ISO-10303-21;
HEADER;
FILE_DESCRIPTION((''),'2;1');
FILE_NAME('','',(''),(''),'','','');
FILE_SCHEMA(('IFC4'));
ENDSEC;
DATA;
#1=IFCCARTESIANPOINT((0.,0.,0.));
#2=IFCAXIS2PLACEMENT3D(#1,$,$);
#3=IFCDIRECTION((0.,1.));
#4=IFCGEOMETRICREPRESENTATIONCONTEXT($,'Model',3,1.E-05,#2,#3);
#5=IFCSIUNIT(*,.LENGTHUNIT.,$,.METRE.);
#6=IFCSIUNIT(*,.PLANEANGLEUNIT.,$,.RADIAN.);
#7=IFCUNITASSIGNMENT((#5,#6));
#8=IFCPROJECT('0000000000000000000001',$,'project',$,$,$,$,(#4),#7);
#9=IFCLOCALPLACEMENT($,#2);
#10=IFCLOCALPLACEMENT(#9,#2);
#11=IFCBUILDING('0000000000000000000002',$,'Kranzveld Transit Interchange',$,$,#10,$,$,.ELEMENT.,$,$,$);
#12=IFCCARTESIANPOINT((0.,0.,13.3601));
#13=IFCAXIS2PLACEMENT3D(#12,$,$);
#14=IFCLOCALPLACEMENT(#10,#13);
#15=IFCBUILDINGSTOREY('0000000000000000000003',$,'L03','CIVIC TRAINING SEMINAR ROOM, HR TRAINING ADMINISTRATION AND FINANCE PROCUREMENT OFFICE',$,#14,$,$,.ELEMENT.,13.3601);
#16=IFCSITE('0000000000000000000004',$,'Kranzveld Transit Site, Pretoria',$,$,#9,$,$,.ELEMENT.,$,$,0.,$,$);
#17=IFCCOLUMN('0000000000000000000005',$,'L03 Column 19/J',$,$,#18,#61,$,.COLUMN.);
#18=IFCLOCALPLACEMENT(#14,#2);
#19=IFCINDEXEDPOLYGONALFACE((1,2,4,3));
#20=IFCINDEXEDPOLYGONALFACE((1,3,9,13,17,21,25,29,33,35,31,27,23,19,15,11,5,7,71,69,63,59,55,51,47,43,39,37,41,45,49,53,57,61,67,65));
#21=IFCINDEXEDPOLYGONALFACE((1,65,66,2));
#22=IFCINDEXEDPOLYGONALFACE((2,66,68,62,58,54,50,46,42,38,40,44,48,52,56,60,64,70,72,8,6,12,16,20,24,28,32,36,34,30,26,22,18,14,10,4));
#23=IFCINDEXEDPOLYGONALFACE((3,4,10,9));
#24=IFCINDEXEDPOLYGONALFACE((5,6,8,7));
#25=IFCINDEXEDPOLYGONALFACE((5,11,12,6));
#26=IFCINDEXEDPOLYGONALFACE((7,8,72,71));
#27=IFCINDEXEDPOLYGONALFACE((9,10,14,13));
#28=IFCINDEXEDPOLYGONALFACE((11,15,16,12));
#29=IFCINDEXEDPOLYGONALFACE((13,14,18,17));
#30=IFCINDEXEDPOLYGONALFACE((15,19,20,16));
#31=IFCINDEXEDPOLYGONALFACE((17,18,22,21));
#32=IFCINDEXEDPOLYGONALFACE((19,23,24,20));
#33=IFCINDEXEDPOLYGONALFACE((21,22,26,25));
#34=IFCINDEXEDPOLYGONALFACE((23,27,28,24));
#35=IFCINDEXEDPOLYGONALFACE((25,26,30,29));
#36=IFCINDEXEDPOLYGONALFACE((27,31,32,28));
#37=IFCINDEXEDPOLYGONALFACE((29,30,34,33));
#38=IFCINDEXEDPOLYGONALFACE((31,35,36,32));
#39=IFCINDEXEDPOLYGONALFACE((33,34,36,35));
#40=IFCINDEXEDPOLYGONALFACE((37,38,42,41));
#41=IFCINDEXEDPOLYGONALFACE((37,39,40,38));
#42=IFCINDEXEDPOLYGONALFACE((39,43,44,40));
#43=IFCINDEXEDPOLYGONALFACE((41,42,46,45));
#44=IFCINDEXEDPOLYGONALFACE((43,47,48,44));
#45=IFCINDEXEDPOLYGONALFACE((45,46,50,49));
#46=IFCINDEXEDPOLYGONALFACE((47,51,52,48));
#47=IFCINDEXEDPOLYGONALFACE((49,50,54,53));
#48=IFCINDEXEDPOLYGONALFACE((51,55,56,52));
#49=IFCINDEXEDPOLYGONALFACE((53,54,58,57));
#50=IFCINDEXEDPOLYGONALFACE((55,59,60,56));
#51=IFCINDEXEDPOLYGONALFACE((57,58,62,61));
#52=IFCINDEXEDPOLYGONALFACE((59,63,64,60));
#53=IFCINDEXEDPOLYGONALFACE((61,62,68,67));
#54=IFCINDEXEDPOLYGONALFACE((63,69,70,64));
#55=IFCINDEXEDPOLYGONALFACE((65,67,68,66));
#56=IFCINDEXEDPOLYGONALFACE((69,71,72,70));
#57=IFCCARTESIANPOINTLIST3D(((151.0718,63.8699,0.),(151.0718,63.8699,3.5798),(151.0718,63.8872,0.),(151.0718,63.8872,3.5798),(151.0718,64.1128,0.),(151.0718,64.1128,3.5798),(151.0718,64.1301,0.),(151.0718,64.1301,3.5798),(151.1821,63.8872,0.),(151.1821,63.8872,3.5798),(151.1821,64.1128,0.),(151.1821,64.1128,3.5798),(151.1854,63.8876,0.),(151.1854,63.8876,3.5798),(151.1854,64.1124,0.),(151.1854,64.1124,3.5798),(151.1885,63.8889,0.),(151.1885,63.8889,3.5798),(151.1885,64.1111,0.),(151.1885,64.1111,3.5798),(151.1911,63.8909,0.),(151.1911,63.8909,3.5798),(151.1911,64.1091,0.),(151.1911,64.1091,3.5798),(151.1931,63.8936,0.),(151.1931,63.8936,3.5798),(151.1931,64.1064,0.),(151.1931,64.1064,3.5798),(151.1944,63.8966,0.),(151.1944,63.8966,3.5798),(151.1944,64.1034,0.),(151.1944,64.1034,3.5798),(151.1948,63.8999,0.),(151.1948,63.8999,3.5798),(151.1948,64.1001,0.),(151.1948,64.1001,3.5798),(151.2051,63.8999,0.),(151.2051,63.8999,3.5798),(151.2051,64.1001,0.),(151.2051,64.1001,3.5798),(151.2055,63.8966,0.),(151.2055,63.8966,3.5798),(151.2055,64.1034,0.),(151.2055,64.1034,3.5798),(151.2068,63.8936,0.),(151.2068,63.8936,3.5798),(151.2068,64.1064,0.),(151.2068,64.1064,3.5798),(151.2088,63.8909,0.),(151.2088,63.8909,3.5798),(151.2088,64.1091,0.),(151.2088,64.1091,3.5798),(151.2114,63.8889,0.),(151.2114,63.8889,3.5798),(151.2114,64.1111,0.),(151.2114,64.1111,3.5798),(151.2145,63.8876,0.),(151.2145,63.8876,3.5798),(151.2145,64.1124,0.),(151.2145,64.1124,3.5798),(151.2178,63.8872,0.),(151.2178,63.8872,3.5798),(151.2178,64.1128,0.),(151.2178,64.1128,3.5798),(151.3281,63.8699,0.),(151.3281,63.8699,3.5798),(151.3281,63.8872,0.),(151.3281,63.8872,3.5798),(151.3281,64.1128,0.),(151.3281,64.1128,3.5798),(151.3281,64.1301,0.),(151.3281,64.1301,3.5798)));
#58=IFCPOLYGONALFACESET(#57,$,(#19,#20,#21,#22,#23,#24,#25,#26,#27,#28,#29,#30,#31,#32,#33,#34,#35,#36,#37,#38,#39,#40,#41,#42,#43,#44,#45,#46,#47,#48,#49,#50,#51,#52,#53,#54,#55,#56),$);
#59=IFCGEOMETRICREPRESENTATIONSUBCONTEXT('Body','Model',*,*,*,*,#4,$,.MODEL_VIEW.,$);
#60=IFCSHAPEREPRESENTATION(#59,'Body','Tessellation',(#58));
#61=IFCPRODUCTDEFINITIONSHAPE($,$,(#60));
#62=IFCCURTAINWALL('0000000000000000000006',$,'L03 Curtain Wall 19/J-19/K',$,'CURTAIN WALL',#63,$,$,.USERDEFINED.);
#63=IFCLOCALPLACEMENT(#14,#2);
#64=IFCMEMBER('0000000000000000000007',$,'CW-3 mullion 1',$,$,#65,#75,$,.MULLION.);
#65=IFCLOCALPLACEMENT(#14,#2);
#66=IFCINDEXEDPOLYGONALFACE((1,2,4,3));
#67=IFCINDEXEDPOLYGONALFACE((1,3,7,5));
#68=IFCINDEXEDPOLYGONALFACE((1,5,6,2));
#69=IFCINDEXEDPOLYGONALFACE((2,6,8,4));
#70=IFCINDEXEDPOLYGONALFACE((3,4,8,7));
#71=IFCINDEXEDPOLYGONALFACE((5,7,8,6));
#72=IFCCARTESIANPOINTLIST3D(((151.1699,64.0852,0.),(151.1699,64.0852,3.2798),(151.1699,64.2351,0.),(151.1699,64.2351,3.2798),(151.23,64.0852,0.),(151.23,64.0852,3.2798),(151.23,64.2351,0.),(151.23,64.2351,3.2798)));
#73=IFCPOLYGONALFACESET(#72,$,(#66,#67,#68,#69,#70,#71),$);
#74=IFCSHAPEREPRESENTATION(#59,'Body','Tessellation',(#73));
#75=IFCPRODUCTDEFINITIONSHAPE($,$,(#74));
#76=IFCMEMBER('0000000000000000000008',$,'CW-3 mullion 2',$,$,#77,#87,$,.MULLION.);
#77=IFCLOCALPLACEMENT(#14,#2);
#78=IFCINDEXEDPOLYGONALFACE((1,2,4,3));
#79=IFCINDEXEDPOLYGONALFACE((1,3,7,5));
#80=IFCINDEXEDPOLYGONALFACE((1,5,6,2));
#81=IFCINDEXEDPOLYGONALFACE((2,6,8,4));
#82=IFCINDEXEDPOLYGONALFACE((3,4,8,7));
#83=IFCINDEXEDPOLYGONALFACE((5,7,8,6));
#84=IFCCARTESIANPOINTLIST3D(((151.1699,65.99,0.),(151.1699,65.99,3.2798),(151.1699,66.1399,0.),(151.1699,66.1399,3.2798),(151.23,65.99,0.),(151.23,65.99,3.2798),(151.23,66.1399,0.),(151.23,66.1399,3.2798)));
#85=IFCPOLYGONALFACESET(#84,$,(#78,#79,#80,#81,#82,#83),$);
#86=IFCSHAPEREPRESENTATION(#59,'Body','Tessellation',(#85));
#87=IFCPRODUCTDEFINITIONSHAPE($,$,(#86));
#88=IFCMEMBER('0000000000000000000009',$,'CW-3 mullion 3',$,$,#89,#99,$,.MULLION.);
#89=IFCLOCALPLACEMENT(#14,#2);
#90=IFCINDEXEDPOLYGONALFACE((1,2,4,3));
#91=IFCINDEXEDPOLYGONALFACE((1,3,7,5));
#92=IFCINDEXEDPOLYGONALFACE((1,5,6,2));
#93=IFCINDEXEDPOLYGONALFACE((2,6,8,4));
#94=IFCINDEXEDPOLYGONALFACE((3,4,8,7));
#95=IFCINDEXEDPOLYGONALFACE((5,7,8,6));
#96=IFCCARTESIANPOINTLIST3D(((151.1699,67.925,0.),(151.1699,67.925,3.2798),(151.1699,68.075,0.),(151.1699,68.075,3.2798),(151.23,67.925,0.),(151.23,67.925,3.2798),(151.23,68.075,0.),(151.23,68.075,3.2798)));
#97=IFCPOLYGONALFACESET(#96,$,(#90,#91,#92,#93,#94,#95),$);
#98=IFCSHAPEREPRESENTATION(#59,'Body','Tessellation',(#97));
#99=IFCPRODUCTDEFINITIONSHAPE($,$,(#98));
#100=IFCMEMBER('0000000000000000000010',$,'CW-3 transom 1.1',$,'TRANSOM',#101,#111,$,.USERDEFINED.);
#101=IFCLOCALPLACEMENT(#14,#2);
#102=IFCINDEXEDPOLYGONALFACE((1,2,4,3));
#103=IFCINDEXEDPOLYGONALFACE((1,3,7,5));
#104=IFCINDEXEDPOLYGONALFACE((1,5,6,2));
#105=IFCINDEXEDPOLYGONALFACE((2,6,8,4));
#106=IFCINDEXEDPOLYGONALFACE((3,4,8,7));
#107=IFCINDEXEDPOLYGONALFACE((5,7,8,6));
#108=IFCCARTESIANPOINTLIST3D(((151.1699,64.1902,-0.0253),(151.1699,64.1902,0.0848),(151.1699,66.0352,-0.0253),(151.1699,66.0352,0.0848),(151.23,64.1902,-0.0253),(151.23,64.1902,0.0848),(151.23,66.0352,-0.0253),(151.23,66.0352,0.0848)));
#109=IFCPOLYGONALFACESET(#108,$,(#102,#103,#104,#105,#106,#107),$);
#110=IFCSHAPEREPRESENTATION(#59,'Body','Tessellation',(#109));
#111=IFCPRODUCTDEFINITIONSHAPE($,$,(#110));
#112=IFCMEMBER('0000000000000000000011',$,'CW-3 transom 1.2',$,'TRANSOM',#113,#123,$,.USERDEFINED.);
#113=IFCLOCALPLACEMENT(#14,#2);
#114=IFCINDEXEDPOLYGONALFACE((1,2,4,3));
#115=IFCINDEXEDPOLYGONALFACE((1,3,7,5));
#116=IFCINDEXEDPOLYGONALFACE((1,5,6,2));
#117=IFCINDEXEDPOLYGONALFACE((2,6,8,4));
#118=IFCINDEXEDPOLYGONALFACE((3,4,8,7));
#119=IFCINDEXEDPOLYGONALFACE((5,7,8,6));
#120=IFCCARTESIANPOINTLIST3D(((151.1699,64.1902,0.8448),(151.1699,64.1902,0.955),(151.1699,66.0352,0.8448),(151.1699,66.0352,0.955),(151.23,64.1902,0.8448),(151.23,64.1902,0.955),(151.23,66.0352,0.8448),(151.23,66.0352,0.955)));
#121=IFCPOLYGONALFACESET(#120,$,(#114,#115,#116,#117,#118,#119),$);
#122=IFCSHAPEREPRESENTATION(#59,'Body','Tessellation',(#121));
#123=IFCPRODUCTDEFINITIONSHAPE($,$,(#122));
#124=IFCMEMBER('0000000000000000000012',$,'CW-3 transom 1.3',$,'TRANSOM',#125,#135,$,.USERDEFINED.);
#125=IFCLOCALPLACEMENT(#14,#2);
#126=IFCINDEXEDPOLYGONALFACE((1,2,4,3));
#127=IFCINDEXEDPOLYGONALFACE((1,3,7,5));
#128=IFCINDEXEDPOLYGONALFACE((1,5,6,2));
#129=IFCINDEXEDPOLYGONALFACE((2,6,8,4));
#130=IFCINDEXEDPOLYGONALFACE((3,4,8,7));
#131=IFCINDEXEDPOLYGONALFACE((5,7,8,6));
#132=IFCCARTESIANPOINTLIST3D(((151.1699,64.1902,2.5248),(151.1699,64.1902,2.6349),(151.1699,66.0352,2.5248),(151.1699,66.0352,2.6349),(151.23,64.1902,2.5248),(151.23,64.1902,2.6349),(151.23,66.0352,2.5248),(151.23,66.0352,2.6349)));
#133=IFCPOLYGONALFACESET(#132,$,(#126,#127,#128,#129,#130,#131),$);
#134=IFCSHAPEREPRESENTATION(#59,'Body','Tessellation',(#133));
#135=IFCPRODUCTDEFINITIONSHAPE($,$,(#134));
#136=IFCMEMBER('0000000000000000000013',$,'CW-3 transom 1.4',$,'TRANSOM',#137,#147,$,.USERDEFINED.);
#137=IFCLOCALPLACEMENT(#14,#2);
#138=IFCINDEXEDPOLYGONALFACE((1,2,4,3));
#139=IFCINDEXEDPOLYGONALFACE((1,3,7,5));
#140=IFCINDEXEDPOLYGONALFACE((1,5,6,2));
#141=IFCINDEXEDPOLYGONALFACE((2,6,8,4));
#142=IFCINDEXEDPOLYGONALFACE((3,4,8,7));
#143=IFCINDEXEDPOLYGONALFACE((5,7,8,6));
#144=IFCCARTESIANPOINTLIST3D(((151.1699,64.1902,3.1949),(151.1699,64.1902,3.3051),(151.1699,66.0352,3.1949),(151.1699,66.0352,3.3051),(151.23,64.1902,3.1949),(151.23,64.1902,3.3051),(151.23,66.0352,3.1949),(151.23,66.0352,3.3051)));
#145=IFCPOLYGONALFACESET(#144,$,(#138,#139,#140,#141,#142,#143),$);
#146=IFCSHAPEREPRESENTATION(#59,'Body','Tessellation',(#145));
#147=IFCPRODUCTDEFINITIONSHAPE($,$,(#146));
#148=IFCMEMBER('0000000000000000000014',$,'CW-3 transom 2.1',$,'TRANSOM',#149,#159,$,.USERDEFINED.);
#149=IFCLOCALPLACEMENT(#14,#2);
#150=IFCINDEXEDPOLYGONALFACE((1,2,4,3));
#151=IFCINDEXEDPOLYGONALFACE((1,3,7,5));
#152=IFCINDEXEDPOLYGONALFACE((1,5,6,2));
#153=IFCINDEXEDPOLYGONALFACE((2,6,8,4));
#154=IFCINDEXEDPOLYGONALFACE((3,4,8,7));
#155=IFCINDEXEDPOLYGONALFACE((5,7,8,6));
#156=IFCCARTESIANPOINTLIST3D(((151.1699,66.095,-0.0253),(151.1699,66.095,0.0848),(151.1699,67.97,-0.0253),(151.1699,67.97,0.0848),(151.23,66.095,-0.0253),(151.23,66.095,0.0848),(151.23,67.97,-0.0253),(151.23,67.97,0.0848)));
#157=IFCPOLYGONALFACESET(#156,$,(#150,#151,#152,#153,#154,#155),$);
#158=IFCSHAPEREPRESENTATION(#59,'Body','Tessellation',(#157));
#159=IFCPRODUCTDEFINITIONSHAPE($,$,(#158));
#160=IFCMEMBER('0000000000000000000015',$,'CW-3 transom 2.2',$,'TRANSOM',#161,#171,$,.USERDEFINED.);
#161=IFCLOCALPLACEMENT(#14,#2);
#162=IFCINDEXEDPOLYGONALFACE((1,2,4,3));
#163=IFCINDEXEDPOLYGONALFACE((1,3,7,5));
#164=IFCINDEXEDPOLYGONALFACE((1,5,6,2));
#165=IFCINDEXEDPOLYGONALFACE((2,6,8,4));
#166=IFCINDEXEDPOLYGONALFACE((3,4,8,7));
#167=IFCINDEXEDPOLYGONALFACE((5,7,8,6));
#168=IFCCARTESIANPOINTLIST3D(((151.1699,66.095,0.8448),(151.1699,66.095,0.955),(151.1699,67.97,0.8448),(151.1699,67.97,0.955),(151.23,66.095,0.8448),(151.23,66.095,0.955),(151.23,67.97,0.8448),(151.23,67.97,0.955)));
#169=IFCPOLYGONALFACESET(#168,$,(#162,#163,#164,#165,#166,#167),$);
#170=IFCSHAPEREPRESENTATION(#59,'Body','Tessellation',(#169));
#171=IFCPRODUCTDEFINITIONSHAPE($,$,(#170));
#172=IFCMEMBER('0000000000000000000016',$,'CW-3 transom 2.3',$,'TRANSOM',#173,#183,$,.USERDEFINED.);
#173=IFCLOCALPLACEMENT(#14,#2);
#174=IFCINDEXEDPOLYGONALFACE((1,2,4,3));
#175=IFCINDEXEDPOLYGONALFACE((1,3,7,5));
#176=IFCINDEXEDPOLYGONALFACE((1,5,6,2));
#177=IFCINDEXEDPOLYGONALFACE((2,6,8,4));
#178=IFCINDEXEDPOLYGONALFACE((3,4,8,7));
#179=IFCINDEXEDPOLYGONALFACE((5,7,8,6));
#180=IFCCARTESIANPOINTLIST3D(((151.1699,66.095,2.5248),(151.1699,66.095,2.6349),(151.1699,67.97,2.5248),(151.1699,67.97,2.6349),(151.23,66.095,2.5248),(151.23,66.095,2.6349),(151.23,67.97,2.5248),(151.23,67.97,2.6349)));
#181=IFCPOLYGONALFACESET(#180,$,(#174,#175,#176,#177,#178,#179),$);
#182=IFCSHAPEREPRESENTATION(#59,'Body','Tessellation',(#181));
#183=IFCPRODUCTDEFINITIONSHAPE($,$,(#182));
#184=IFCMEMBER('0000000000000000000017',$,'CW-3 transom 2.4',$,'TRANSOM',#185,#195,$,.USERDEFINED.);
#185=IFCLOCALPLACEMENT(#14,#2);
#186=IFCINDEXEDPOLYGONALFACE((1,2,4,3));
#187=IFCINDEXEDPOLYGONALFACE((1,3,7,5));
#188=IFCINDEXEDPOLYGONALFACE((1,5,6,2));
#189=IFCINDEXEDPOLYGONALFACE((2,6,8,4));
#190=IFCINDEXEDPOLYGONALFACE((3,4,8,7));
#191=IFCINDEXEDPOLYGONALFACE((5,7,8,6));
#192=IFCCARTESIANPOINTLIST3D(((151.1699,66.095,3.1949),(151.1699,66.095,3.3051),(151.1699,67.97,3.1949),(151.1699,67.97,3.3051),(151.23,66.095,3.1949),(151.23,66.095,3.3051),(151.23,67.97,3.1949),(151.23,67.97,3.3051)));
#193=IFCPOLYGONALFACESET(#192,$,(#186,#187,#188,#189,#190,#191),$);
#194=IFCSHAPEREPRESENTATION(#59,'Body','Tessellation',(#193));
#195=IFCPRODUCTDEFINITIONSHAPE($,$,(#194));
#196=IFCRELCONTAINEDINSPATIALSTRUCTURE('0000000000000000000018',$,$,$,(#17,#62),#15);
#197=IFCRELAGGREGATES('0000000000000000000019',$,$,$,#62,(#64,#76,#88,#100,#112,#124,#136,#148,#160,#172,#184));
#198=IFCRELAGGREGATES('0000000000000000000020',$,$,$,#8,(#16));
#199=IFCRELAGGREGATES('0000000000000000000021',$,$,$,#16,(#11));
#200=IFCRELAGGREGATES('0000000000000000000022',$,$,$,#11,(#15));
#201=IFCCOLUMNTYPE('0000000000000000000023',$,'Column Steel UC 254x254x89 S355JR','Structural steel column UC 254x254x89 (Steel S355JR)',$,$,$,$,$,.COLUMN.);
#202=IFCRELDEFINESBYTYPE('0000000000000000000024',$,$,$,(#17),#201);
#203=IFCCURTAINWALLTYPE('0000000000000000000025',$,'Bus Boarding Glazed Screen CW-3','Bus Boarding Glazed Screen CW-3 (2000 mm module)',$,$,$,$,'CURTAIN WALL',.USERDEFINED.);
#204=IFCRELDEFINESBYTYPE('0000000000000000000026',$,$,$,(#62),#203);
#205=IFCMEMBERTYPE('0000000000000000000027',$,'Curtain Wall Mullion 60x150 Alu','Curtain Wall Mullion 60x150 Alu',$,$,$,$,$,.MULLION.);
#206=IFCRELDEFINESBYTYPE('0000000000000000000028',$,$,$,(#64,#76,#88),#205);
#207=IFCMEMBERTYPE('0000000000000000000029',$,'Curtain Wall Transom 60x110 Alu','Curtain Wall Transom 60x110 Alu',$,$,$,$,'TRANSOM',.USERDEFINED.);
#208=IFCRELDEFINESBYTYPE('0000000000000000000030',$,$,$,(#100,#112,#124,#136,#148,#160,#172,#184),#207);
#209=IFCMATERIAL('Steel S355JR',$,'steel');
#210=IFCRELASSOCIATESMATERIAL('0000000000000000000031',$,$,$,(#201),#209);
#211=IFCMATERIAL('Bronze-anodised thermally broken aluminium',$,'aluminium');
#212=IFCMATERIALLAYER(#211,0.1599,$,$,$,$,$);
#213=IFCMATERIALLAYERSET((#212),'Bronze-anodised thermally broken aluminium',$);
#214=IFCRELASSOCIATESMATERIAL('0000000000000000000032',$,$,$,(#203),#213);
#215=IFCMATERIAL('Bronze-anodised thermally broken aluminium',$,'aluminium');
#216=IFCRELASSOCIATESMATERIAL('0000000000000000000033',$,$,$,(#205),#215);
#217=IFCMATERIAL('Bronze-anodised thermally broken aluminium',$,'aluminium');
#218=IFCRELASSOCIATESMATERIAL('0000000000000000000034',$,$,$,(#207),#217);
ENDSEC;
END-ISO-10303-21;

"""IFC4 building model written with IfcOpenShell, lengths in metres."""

from ifc_helpers import new_model, si_unit, direction, frame, origin, origin_2d, place, context, subcontext, project, spatial, rectangle, i_section, extrude, material, layer, layer_set, material_profile, profile_set, type_object, element, aggregate, save


model = new_model("IFC4")

# Units and contexts
model_context = context("Model", 3, precision=1e-05, world=origin(), true_north=direction((0.0, 1.0)))
body_context = subcontext(model_context, "Body", "Model", "MODEL_VIEW")
ifc_project = project(units=[si_unit("LENGTHUNIT", "METRE"), si_unit("PLANEANGLEUNIT", "RADIAN")], contexts=[model_context])

# Site, building, storey
site_placement = place(None, origin())
site = spatial("IfcSite", under=ifc_project, at=site_placement, Name="Kranzveld Transit Site, Pretoria", CompositionType="ELEMENT", RefElevation=0.0)
building_placement = place(site_placement, origin())
building = spatial("IfcBuilding", under=site, at=building_placement, Name="Kranzveld Transit Interchange", CompositionType="ELEMENT")
storey_placement = place(building_placement, frame((0.0, 0.0, 13.3601)))
storey = spatial("IfcBuildingStorey", under=building, at=storey_placement, Name="L03", Description="CIVIC TRAINING SEMINAR ROOM, HR TRAINING ADMINISTRATION AND FINANCE PROCUREMENT OFFICE", CompositionType="ELEMENT", Elevation=13.3601)

# Column
ifc_material_1 = material(Name="Steel S355JR", Category="steel")
ifc_material_profile_1 = material_profile(ifc_material_1, i_section(OverallWidth=0.2563, OverallDepth=0.2603, WebThickness=0.0103, FlangeThickness=0.0173, FilletRadius=0.0127, at=origin_2d()), Name="UC 254x254x89")
ifc_profile_set_1 = profile_set([ifc_material_profile_1], Name="Steel S355JR")
column_type = type_object("IfcColumnType", Name="Column Steel UC 254x254x89 S355JR", Description="Structural steel column UC 254x254x89 (Steel S355JR)", PredefinedType="COLUMN", material=ifc_profile_set_1)
column_placement = place(storey_placement, frame((151.2, 64.0, 0.0), z_axis=(0.0, 0.0, 1.0), x_axis=(1.0, 0.0, 0.0)))
element("IfcColumn", 1, at=column_placement, inside=storey, type_object=column_type, Name="L03 Column 19/J", PredefinedType="COLUMN", context=body_context, shape_type="SweptSolid", body=[
    extrude(i_section(OverallWidth=0.2563, OverallDepth=0.2603, WebThickness=0.0103, FlangeThickness=0.0173, FilletRadius=0.0127, at=origin_2d()), origin(), (0.0, 0.0, 1.0), 3.5798),
])

# Curtain wall, members
ifc_material_2 = material(Name="Bronze-anodised thermally broken aluminium", Category="aluminium")
ifc_layer_1 = layer(ifc_material_2, 0.1599)
ifc_layer_set_1 = layer_set([ifc_layer_1], Name="Bronze-anodised thermally broken aluminium")
curtain_wall_type = type_object("IfcCurtainWallType", Name="Bus Boarding Glazed Screen CW-3", Description="Bus Boarding Glazed Screen CW-3 (2000 mm module)", ElementType="CURTAIN WALL", PredefinedType="USERDEFINED", material=ifc_layer_set_1)
curtain_wall_placement = place(storey_placement, origin())
curtain_wall = element("IfcCurtainWall", 2, at=curtain_wall_placement, inside=storey, type_object=curtain_wall_type, Name="L03 Curtain Wall 19/J-19/K", ObjectType="CURTAIN WALL", PredefinedType="USERDEFINED")
ifc_material_3 = material(Name="Bronze-anodised thermally broken aluminium", Category="aluminium")
ifc_material_profile_2 = material_profile(ifc_material_3, rectangle(XDim=0.0601, YDim=0.1499, at=origin_2d()), Name="ALU MULLION 60x150")
ifc_profile_set_2 = profile_set([ifc_material_profile_2], Name="Bronze-anodised thermally broken aluminium")
member_type_1 = type_object("IfcMemberType", Name="Curtain Wall Mullion 60x150 Alu", Description="Curtain Wall Mullion 60x150 Alu", PredefinedType="MULLION", material=ifc_profile_set_2)
member_1_placement = place(storey_placement, frame((151.2, 64.1602, 0.0), z_axis=(0.0, 0.0, 1.0), x_axis=(-1.0, 0.0, 0.0)))
member_1 = element("IfcMember", 3, at=member_1_placement, type_object=member_type_1, Name="CW-3 mullion 1", PredefinedType="MULLION", context=body_context, shape_type="SweptSolid", body=[
    extrude(rectangle(XDim=0.0601, YDim=0.1499, at=origin_2d()), origin(), (0.0, 0.0, 1.0), 3.2798),
])
member_2_placement = place(storey_placement, frame((151.2, 66.0649, 0.0), z_axis=(0.0, 0.0, 1.0), x_axis=(-1.0, 0.0, 0.0)))
member_2 = element("IfcMember", 4, at=member_2_placement, type_object=member_type_1, Name="CW-3 mullion 2", PredefinedType="MULLION", context=body_context, shape_type="SweptSolid", body=[
    extrude(rectangle(XDim=0.0601, YDim=0.1499, at=origin_2d()), origin(), (0.0, 0.0, 1.0), 3.2798),
])
member_3_placement = place(storey_placement, frame((151.2, 68.0, 0.0), z_axis=(0.0, 0.0, 1.0), x_axis=(-1.0, 0.0, 0.0)))
member_3 = element("IfcMember", 5, at=member_3_placement, type_object=member_type_1, Name="CW-3 mullion 3", PredefinedType="MULLION", context=body_context, shape_type="SweptSolid", body=[
    extrude(rectangle(XDim=0.0601, YDim=0.1499, at=origin_2d()), origin(), (0.0, 0.0, 1.0), 3.2798),
])
ifc_material_4 = material(Name="Bronze-anodised thermally broken aluminium", Category="aluminium")
ifc_material_profile_3 = material_profile(ifc_material_4, rectangle(XDim=0.0601, YDim=0.1101, at=origin_2d()), Name="ALU TRANSOM 60x110")
ifc_profile_set_3 = profile_set([ifc_material_profile_3], Name="Bronze-anodised thermally broken aluminium")
member_type_2 = type_object("IfcMemberType", Name="Curtain Wall Transom 60x110 Alu", Description="Curtain Wall Transom 60x110 Alu", ElementType="TRANSOM", PredefinedType="USERDEFINED", material=ifc_profile_set_3)
member_4_placement = place(storey_placement, frame((151.2, 64.1902, 0.0298), z_axis=(0.0, 1.0, 0.0), x_axis=(-1.0, 0.0, 0.0)))
member_4 = element("IfcMember", 6, at=member_4_placement, type_object=member_type_2, Name="CW-3 transom 1.1", ObjectType="TRANSOM", PredefinedType="USERDEFINED", context=body_context, shape_type="SweptSolid", body=[
    extrude(rectangle(XDim=0.0601, YDim=0.1101, at=origin_2d()), origin(), (0.0, 0.0, 1.0), 1.845),
])
member_5_placement = place(storey_placement, frame((151.2, 64.1902, 0.8999), z_axis=(0.0, 1.0, 0.0), x_axis=(-1.0, 0.0, 0.0)))
member_5 = element("IfcMember", 7, at=member_5_placement, type_object=member_type_2, Name="CW-3 transom 1.2", ObjectType="TRANSOM", PredefinedType="USERDEFINED", context=body_context, shape_type="SweptSolid", body=[
    extrude(rectangle(XDim=0.0601, YDim=0.1101, at=origin_2d()), origin(), (0.0, 0.0, 1.0), 1.845),
])
member_6_placement = place(storey_placement, frame((151.2, 64.1902, 2.5798), z_axis=(0.0, 1.0, 0.0), x_axis=(-1.0, 0.0, 0.0)))
member_6 = element("IfcMember", 8, at=member_6_placement, type_object=member_type_2, Name="CW-3 transom 1.3", ObjectType="TRANSOM", PredefinedType="USERDEFINED", context=body_context, shape_type="SweptSolid", body=[
    extrude(rectangle(XDim=0.0601, YDim=0.1101, at=origin_2d()), origin(), (0.0, 0.0, 1.0), 1.845),
])
member_7_placement = place(storey_placement, frame((151.2, 64.1902, 3.25), z_axis=(0.0, 1.0, 0.0), x_axis=(-1.0, 0.0, 0.0)))
member_7 = element("IfcMember", 9, at=member_7_placement, type_object=member_type_2, Name="CW-3 transom 1.4", ObjectType="TRANSOM", PredefinedType="USERDEFINED", context=body_context, shape_type="SweptSolid", body=[
    extrude(rectangle(XDim=0.0601, YDim=0.1101, at=origin_2d()), origin(), (0.0, 0.0, 1.0), 1.845),
])
member_8_placement = place(storey_placement, frame((151.2, 66.095, 0.0298), z_axis=(0.0, 1.0, 0.0), x_axis=(-1.0, 0.0, 0.0)))
member_8 = element("IfcMember", 10, at=member_8_placement, type_object=member_type_2, Name="CW-3 transom 2.1", ObjectType="TRANSOM", PredefinedType="USERDEFINED", context=body_context, shape_type="SweptSolid", body=[
    extrude(rectangle(XDim=0.0601, YDim=0.1101, at=origin_2d()), origin(), (0.0, 0.0, 1.0), 1.875),
])
member_9_placement = place(storey_placement, frame((151.2, 66.095, 0.8999), z_axis=(0.0, 1.0, 0.0), x_axis=(-1.0, 0.0, 0.0)))
member_9 = element("IfcMember", 11, at=member_9_placement, type_object=member_type_2, Name="CW-3 transom 2.2", ObjectType="TRANSOM", PredefinedType="USERDEFINED", context=body_context, shape_type="SweptSolid", body=[
    extrude(rectangle(XDim=0.0601, YDim=0.1101, at=origin_2d()), origin(), (0.0, 0.0, 1.0), 1.875),
])
member_10_placement = place(storey_placement, frame((151.2, 66.095, 2.5798), z_axis=(0.0, 1.0, 0.0), x_axis=(-1.0, 0.0, 0.0)))
member_10 = element("IfcMember", 12, at=member_10_placement, type_object=member_type_2, Name="CW-3 transom 2.3", ObjectType="TRANSOM", PredefinedType="USERDEFINED", context=body_context, shape_type="SweptSolid", body=[
    extrude(rectangle(XDim=0.0601, YDim=0.1101, at=origin_2d()), origin(), (0.0, 0.0, 1.0), 1.875),
])
member_11_placement = place(storey_placement, frame((151.2, 66.095, 3.25), z_axis=(0.0, 1.0, 0.0), x_axis=(-1.0, 0.0, 0.0)))
member_11 = element("IfcMember", 13, at=member_11_placement, type_object=member_type_2, Name="CW-3 transom 2.4", ObjectType="TRANSOM", PredefinedType="USERDEFINED", context=body_context, shape_type="SweptSolid", body=[
    extrude(rectangle(XDim=0.0601, YDim=0.1101, at=origin_2d()), origin(), (0.0, 0.0, 1.0), 1.875),
])

aggregate(curtain_wall, [member_1, member_2, member_3, member_4, member_5, member_6, member_7, member_8, member_9, member_10, member_11])

save(model, "model.ifc")
